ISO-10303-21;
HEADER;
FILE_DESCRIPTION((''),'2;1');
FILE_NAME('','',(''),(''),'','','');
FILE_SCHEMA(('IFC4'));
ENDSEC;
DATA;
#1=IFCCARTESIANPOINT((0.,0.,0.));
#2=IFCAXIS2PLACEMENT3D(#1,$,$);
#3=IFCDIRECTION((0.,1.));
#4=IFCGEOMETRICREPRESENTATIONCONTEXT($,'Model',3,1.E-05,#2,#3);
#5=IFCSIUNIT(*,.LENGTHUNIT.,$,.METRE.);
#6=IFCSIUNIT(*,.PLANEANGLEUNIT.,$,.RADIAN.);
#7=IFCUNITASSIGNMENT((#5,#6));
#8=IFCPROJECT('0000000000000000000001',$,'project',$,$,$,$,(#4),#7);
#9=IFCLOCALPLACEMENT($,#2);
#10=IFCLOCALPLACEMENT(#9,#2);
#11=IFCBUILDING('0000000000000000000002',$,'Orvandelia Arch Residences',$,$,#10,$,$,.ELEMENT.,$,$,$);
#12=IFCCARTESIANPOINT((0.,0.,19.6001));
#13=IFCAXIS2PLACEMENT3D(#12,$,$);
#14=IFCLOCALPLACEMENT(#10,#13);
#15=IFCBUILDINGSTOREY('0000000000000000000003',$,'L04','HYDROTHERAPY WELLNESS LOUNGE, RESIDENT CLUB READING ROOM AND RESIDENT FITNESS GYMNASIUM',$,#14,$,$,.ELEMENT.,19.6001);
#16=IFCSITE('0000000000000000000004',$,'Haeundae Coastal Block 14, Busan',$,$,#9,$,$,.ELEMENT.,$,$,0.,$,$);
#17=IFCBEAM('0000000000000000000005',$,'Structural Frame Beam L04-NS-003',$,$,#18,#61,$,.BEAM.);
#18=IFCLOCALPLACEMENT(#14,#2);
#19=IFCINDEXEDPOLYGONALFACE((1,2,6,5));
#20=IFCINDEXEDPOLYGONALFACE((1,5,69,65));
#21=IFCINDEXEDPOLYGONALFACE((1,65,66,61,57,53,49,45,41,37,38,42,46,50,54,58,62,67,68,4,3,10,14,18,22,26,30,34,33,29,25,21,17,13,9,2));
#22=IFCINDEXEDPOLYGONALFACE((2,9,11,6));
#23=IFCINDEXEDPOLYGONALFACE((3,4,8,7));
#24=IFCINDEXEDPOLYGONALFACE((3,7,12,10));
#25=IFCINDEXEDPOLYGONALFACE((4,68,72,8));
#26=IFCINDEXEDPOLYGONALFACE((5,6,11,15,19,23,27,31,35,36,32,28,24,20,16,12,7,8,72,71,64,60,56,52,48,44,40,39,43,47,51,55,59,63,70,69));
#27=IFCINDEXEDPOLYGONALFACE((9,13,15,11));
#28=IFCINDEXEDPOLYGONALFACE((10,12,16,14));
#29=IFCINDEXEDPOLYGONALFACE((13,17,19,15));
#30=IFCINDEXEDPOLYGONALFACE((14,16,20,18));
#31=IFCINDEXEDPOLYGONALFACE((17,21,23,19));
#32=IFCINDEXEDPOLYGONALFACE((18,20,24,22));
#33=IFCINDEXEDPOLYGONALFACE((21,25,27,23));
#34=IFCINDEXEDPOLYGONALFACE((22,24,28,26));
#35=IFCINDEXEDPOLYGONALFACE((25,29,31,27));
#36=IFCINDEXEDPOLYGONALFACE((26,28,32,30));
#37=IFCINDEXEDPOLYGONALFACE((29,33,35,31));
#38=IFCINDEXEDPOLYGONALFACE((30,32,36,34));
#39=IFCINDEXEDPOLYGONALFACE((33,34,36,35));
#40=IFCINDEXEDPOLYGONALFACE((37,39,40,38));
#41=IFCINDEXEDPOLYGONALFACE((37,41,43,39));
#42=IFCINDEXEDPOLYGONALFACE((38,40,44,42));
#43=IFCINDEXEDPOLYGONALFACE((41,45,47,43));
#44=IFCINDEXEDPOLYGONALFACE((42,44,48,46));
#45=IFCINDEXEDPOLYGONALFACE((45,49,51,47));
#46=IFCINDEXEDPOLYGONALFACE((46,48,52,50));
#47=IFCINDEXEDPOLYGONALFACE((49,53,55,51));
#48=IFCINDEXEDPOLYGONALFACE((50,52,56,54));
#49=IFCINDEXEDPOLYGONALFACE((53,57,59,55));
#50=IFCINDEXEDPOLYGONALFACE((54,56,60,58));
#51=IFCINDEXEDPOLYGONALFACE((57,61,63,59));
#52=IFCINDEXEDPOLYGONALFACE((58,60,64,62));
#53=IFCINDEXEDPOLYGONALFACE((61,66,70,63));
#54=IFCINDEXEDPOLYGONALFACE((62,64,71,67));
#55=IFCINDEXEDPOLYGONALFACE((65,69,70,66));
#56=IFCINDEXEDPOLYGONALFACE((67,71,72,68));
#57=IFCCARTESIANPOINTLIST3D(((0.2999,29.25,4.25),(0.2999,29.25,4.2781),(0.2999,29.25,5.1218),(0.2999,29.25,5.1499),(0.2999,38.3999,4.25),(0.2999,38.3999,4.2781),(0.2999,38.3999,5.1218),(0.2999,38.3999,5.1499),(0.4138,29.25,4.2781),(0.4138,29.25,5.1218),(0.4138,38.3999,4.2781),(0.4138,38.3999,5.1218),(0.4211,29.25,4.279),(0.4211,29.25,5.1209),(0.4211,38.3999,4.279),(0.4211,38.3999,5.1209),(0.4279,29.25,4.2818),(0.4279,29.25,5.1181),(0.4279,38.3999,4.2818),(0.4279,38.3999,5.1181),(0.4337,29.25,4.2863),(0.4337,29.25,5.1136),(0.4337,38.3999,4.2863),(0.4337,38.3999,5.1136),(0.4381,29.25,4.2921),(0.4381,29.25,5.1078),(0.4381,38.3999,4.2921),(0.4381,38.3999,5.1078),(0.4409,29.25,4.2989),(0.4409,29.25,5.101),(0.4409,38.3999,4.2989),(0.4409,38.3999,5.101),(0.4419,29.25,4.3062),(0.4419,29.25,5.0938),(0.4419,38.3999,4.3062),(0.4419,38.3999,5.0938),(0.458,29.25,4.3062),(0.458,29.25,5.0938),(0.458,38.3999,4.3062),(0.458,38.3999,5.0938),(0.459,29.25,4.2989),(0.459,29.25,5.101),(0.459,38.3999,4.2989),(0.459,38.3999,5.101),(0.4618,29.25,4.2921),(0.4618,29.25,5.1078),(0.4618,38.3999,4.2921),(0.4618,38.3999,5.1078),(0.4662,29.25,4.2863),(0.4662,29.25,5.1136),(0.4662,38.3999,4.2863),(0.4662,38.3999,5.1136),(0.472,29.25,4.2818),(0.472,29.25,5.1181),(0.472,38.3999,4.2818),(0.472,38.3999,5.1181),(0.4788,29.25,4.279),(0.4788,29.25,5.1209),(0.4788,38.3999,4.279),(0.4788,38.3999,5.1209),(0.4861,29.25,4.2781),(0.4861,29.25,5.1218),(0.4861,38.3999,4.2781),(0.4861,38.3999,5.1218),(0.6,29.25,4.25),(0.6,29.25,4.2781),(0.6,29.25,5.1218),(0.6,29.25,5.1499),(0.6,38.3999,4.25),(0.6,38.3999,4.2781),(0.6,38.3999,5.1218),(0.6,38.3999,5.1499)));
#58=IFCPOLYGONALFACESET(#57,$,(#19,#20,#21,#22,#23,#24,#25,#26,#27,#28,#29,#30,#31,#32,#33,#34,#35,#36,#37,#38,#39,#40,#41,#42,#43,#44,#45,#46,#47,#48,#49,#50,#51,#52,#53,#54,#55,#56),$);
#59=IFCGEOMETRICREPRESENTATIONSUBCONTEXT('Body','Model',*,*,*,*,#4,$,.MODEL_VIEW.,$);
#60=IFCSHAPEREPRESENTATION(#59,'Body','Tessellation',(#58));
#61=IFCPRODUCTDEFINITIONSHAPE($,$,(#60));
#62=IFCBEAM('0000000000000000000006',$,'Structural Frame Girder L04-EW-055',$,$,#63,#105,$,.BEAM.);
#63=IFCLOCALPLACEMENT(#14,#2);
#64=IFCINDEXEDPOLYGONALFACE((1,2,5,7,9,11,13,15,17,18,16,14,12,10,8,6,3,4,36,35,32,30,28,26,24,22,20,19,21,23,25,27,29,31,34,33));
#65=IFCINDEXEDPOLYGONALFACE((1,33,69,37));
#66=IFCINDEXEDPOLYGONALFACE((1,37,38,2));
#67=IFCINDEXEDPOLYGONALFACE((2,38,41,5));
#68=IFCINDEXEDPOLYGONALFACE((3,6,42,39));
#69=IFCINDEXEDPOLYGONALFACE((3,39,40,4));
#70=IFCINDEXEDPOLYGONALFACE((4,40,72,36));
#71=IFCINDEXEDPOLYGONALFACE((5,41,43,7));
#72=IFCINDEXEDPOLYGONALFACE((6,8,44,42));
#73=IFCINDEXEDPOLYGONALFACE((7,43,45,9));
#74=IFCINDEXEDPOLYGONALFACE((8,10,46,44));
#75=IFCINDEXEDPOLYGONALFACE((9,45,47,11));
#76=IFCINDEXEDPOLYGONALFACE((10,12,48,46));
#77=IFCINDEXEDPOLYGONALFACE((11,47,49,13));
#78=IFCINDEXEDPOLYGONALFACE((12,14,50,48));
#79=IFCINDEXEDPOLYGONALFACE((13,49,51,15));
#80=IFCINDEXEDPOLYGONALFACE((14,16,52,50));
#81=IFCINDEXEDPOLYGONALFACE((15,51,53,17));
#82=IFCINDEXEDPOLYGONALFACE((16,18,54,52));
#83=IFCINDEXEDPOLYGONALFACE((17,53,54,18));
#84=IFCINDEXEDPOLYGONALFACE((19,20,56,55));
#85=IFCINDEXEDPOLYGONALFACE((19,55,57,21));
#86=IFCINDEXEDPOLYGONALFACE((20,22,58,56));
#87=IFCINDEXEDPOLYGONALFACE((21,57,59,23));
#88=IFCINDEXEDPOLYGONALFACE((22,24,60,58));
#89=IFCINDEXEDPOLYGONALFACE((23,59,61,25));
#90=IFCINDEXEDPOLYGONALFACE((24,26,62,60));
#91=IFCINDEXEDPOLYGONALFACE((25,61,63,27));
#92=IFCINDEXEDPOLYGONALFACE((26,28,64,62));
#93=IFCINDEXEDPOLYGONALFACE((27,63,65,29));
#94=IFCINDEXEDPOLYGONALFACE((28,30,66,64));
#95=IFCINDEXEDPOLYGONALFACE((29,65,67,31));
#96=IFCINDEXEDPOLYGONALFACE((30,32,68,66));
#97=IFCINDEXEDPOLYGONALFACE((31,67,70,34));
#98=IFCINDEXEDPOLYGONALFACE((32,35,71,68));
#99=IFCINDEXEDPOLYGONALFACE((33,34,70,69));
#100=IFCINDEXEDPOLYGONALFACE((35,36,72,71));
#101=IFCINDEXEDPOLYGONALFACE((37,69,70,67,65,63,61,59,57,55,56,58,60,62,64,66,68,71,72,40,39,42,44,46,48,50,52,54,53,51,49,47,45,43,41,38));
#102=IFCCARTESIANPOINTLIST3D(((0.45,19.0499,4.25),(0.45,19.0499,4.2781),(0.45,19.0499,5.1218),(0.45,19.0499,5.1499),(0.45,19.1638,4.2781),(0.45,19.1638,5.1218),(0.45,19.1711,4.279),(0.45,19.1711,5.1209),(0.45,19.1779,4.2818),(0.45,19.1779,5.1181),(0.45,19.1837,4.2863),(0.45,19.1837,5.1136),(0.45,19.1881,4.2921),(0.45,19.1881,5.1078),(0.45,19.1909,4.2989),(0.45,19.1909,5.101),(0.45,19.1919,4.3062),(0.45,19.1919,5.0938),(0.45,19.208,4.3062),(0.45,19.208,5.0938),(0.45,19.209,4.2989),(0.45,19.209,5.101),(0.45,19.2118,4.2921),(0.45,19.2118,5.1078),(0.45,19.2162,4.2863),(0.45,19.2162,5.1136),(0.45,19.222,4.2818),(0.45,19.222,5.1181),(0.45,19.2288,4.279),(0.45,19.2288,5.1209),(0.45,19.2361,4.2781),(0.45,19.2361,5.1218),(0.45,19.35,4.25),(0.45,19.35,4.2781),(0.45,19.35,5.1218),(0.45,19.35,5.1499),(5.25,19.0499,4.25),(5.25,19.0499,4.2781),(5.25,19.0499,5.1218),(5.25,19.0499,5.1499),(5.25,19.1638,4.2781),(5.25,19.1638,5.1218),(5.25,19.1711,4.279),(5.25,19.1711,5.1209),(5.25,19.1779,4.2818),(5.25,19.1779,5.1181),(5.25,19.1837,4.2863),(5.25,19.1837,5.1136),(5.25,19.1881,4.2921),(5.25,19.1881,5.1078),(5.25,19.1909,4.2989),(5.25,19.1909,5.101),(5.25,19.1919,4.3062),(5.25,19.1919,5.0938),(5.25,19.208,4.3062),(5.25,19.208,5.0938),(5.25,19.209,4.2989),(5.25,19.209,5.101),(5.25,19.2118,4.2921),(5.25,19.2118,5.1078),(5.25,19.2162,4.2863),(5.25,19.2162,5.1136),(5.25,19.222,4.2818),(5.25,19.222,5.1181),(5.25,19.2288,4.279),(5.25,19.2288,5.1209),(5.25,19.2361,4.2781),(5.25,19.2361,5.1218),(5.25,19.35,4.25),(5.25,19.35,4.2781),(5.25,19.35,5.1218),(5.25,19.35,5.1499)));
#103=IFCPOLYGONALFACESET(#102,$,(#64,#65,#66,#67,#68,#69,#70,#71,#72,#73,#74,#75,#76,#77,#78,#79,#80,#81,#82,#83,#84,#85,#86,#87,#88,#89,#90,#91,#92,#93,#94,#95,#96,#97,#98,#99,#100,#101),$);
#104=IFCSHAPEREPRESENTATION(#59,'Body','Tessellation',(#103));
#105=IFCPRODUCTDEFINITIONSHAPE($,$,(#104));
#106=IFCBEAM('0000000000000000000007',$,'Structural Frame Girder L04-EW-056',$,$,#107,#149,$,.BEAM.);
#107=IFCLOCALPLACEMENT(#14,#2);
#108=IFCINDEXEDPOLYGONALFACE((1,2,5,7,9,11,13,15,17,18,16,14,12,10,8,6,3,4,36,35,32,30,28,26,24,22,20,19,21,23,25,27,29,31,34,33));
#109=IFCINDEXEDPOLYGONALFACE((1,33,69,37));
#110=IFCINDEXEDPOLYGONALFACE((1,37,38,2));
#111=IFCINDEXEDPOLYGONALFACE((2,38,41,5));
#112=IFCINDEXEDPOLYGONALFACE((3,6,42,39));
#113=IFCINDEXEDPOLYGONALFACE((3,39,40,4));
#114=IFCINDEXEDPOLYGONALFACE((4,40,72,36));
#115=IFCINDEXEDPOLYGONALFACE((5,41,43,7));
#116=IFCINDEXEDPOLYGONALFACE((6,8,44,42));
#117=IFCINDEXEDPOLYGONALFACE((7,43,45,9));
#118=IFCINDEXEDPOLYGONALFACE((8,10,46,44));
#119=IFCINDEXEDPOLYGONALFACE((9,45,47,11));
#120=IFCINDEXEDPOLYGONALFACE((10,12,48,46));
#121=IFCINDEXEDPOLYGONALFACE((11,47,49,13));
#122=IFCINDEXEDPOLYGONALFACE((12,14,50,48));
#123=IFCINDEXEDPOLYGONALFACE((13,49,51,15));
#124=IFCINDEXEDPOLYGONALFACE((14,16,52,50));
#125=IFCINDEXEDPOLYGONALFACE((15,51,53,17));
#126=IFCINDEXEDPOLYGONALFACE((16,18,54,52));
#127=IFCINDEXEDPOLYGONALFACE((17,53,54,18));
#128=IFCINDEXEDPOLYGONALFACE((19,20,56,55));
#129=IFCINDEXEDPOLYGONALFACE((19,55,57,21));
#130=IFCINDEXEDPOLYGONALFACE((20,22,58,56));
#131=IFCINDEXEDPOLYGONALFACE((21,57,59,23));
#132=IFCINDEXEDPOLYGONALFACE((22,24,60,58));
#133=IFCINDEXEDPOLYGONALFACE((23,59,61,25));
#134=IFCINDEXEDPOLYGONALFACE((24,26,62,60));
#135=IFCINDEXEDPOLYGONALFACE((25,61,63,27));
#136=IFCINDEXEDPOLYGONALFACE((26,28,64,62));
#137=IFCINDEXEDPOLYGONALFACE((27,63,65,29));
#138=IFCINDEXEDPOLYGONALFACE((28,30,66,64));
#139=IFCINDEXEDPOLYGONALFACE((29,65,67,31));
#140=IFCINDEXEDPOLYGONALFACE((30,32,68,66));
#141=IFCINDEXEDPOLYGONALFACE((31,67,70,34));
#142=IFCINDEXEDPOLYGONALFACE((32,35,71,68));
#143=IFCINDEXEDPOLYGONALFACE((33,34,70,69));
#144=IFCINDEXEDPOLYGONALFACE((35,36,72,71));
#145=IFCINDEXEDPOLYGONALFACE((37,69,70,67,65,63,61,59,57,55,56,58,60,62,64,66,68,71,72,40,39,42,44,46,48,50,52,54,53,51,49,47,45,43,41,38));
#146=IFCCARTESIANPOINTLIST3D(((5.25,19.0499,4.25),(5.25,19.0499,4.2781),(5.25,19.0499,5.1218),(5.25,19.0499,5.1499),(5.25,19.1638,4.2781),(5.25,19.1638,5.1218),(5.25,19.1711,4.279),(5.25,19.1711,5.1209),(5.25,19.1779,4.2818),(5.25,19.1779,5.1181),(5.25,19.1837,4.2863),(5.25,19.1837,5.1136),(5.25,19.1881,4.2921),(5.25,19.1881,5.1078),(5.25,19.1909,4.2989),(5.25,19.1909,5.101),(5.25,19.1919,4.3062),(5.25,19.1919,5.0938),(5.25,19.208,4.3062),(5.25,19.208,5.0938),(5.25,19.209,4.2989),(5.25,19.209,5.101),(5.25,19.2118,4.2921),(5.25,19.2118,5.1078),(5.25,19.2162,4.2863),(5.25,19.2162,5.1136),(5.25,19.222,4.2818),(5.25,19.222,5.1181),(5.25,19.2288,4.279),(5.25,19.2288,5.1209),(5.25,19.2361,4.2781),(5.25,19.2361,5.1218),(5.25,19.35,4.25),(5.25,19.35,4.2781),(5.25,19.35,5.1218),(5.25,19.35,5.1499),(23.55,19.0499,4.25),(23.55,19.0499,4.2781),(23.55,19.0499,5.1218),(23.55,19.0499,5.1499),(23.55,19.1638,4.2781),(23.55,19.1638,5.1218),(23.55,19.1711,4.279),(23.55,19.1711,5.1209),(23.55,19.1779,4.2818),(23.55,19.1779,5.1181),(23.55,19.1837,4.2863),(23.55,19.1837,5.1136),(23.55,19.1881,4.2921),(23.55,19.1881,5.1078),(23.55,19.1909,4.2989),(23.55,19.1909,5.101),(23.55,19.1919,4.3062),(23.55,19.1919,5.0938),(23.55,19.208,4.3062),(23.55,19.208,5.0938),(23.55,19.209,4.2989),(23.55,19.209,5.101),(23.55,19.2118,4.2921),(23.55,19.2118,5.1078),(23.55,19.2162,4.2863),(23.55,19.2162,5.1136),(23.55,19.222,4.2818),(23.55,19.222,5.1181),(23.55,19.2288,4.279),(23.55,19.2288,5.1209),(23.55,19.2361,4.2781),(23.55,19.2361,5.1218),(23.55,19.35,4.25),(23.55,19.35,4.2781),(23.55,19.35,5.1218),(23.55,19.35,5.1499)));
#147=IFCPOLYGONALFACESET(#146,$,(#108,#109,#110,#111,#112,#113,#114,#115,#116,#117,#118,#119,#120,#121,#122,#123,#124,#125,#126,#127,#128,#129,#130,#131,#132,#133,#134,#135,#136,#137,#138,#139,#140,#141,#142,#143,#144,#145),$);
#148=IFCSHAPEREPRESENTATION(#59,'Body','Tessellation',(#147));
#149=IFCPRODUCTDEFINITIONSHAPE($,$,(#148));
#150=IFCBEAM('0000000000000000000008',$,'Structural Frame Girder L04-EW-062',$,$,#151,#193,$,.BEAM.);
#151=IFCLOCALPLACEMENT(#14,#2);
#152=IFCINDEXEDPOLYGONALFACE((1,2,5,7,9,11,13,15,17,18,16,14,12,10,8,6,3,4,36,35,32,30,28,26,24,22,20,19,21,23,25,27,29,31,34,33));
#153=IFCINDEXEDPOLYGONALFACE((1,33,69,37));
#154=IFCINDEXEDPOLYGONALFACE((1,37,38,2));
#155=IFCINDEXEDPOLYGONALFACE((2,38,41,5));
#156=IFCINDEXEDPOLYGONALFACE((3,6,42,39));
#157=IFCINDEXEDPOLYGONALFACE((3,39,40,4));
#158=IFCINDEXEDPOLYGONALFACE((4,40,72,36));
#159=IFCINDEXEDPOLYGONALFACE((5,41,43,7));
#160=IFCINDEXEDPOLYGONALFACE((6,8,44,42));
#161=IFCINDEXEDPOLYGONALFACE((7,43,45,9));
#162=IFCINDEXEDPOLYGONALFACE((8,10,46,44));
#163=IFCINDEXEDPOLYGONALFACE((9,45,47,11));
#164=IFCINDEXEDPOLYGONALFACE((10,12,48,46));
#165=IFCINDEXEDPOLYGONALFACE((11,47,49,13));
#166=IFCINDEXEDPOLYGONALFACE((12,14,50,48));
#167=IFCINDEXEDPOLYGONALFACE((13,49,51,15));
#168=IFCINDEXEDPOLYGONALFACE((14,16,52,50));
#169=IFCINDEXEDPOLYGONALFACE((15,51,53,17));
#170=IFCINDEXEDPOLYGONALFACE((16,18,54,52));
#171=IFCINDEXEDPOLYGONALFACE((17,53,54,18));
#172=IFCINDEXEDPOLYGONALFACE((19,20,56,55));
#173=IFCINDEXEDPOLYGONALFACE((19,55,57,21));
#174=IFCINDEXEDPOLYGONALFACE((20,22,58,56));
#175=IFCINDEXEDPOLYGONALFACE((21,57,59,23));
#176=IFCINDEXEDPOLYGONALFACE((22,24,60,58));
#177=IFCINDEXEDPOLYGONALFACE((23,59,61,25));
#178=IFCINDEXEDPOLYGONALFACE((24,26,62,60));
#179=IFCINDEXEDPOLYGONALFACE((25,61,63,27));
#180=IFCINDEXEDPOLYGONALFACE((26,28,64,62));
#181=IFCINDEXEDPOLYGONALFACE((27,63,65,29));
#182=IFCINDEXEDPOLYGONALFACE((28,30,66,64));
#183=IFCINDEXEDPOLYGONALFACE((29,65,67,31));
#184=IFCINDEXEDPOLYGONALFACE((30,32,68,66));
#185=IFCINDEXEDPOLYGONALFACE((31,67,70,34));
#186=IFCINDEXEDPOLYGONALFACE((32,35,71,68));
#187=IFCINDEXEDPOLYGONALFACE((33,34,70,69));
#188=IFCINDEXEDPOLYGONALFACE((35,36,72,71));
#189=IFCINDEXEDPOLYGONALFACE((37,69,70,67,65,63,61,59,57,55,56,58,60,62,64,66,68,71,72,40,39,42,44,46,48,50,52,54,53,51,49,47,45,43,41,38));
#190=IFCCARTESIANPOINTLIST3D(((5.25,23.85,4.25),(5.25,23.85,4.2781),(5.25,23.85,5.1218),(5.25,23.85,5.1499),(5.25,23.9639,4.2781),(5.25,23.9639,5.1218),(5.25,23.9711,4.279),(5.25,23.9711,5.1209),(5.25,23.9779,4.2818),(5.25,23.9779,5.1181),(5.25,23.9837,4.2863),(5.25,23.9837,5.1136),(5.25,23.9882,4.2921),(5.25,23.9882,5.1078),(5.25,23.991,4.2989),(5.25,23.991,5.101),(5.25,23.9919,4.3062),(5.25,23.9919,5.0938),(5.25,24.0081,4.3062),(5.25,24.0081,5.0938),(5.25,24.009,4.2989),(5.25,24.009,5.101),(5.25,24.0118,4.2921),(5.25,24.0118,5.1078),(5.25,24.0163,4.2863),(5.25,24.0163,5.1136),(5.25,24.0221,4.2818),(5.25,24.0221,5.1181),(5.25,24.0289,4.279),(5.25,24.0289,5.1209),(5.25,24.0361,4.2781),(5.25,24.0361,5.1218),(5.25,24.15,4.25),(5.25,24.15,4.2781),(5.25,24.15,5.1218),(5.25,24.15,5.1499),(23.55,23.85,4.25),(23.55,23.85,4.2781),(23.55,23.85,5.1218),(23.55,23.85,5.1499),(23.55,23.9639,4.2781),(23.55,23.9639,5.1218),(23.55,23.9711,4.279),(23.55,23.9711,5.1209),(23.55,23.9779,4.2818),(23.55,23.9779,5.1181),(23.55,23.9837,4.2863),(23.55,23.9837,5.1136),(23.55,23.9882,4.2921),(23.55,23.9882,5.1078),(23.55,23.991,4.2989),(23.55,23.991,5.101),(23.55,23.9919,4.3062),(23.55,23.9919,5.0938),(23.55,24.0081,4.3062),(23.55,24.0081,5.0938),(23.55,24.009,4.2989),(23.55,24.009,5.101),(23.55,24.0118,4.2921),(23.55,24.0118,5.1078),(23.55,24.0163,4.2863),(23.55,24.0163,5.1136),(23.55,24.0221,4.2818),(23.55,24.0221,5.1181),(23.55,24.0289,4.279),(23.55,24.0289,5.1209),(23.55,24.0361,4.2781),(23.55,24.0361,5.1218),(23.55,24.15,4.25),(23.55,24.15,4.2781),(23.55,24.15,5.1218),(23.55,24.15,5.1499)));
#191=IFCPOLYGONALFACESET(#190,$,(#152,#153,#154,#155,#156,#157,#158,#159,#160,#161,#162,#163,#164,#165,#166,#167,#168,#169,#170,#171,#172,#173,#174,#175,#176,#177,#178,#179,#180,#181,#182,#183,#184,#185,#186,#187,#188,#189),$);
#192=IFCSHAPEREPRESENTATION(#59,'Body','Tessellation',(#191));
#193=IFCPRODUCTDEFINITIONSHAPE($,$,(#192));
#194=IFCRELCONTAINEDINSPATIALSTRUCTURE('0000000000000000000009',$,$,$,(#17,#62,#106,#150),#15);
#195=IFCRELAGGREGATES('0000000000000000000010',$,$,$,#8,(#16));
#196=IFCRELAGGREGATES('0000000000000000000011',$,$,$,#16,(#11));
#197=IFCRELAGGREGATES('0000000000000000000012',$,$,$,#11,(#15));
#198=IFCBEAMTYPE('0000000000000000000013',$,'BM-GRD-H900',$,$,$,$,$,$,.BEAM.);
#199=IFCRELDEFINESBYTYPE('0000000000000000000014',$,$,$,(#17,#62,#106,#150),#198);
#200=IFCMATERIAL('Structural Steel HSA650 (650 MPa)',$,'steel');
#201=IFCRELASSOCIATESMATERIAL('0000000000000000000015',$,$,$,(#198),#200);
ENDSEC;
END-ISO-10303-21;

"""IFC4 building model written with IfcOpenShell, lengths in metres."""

from ifc_helpers import new_model, si_unit, direction, frame, origin, origin_2d, place, context, subcontext, project, spatial, i_section, extrude, material, material_profile, profile_set, type_object, element, save


model = new_model("IFC4")

# Units and contexts
model_context = context("Model", 3, precision=1e-05, world=origin(), true_north=direction((0.0, 1.0)))
body_context = subcontext(model_context, "Body", "Model", "MODEL_VIEW")
ifc_project = project(units=[si_unit("LENGTHUNIT", "METRE"), si_unit("PLANEANGLEUNIT", "RADIAN")], contexts=[model_context])

# Site, building, storey
site_placement = place(None, origin())
site = spatial("IfcSite", under=ifc_project, at=site_placement, Name="Haeundae Coastal Block 14, Busan", CompositionType="ELEMENT", RefElevation=0.0)
building_placement = place(site_placement, origin())
building = spatial("IfcBuilding", under=site, at=building_placement, Name="Orvandelia Arch Residences", CompositionType="ELEMENT")
storey_placement = place(building_placement, frame((0.0, 0.0, 19.6001)))
storey = spatial("IfcBuildingStorey", under=building, at=storey_placement, Name="L04", Description="HYDROTHERAPY WELLNESS LOUNGE, RESIDENT CLUB READING ROOM AND RESIDENT FITNESS GYMNASIUM", CompositionType="ELEMENT", Elevation=19.6001)

# Beams
ifc_material_1 = material(Name="Structural Steel HSA650 (650 MPa)", Category="steel")
ifc_material_profile_1 = material_profile(ifc_material_1, i_section(OverallWidth=0.3, OverallDepth=0.8999, WebThickness=0.0161, FlangeThickness=0.0281, FilletRadius=0.0281, at=origin_2d()), Name="Structural Steel HSA650 (650 MPa)", Category="steel")
ifc_profile_set_1 = profile_set([ifc_material_profile_1], Name="Structural Steel HSA650 (650 MPa)")
beam_type_1 = type_object("IfcBeamType", Name="BM-GRD-H900", PredefinedType="BEAM", material=ifc_profile_set_1)
beam_1_placement = place(storey_placement, frame((0.45, 29.25, 4.7), z_axis=(0.0, 1.0, 0.0), x_axis=(-1.0, 0.0, 0.0)))
element("IfcBeam", 1, at=beam_1_placement, inside=storey, type_object=beam_type_1, Name="Structural Frame Beam L04-NS-003", PredefinedType="BEAM", context=body_context, shape_type="SweptSolid", body=[
    extrude(i_section(OverallWidth=0.3, OverallDepth=0.8999, WebThickness=0.0161, FlangeThickness=0.0281, FilletRadius=0.0281, at=origin_2d()), origin(), (0.0, 0.0, 1.0), 9.1499),
])
beam_2_placement = place(storey_placement, frame((0.45, 19.2, 4.7), z_axis=(1.0, 0.0, 0.0), x_axis=(0.0, 1.0, 0.0)))
element("IfcBeam", 2, at=beam_2_placement, inside=storey, type_object=beam_type_1, Name="Structural Frame Girder L04-EW-055", PredefinedType="BEAM", context=body_context, shape_type="SweptSolid", body=[
    extrude(i_section(OverallWidth=0.3, OverallDepth=0.8999, WebThickness=0.0161, FlangeThickness=0.0281, FilletRadius=0.0281, at=origin_2d()), origin(), (0.0, 0.0, 1.0), 4.8),
])
for number, where, z_axis, x_axis, name in (
    (3, (5.25, 19.2, 4.7), (1.0, 0.0, 0.0), (0.0, 1.0, 0.0), "Structural Frame Girder L04-EW-056"),
    (4, (5.25, 24.0, 4.7), (1.0, 0.0, 0.0), (0.0, 1.0, 0.0), "Structural Frame Girder L04-EW-062"),
):
    element("IfcBeam", number, at=place(storey_placement, frame(where, z_axis=z_axis, x_axis=x_axis)), inside=storey, type_object=beam_type_1, Name=name, PredefinedType="BEAM", context=body_context, shape_type="SweptSolid", body=[
        extrude(i_section(OverallWidth=0.3, OverallDepth=0.8999, WebThickness=0.0161, FlangeThickness=0.0281, FilletRadius=0.0281, at=origin_2d()), origin(), (0.0, 0.0, 1.0), 18.3),
    ])

save(model, "model.ifc")
